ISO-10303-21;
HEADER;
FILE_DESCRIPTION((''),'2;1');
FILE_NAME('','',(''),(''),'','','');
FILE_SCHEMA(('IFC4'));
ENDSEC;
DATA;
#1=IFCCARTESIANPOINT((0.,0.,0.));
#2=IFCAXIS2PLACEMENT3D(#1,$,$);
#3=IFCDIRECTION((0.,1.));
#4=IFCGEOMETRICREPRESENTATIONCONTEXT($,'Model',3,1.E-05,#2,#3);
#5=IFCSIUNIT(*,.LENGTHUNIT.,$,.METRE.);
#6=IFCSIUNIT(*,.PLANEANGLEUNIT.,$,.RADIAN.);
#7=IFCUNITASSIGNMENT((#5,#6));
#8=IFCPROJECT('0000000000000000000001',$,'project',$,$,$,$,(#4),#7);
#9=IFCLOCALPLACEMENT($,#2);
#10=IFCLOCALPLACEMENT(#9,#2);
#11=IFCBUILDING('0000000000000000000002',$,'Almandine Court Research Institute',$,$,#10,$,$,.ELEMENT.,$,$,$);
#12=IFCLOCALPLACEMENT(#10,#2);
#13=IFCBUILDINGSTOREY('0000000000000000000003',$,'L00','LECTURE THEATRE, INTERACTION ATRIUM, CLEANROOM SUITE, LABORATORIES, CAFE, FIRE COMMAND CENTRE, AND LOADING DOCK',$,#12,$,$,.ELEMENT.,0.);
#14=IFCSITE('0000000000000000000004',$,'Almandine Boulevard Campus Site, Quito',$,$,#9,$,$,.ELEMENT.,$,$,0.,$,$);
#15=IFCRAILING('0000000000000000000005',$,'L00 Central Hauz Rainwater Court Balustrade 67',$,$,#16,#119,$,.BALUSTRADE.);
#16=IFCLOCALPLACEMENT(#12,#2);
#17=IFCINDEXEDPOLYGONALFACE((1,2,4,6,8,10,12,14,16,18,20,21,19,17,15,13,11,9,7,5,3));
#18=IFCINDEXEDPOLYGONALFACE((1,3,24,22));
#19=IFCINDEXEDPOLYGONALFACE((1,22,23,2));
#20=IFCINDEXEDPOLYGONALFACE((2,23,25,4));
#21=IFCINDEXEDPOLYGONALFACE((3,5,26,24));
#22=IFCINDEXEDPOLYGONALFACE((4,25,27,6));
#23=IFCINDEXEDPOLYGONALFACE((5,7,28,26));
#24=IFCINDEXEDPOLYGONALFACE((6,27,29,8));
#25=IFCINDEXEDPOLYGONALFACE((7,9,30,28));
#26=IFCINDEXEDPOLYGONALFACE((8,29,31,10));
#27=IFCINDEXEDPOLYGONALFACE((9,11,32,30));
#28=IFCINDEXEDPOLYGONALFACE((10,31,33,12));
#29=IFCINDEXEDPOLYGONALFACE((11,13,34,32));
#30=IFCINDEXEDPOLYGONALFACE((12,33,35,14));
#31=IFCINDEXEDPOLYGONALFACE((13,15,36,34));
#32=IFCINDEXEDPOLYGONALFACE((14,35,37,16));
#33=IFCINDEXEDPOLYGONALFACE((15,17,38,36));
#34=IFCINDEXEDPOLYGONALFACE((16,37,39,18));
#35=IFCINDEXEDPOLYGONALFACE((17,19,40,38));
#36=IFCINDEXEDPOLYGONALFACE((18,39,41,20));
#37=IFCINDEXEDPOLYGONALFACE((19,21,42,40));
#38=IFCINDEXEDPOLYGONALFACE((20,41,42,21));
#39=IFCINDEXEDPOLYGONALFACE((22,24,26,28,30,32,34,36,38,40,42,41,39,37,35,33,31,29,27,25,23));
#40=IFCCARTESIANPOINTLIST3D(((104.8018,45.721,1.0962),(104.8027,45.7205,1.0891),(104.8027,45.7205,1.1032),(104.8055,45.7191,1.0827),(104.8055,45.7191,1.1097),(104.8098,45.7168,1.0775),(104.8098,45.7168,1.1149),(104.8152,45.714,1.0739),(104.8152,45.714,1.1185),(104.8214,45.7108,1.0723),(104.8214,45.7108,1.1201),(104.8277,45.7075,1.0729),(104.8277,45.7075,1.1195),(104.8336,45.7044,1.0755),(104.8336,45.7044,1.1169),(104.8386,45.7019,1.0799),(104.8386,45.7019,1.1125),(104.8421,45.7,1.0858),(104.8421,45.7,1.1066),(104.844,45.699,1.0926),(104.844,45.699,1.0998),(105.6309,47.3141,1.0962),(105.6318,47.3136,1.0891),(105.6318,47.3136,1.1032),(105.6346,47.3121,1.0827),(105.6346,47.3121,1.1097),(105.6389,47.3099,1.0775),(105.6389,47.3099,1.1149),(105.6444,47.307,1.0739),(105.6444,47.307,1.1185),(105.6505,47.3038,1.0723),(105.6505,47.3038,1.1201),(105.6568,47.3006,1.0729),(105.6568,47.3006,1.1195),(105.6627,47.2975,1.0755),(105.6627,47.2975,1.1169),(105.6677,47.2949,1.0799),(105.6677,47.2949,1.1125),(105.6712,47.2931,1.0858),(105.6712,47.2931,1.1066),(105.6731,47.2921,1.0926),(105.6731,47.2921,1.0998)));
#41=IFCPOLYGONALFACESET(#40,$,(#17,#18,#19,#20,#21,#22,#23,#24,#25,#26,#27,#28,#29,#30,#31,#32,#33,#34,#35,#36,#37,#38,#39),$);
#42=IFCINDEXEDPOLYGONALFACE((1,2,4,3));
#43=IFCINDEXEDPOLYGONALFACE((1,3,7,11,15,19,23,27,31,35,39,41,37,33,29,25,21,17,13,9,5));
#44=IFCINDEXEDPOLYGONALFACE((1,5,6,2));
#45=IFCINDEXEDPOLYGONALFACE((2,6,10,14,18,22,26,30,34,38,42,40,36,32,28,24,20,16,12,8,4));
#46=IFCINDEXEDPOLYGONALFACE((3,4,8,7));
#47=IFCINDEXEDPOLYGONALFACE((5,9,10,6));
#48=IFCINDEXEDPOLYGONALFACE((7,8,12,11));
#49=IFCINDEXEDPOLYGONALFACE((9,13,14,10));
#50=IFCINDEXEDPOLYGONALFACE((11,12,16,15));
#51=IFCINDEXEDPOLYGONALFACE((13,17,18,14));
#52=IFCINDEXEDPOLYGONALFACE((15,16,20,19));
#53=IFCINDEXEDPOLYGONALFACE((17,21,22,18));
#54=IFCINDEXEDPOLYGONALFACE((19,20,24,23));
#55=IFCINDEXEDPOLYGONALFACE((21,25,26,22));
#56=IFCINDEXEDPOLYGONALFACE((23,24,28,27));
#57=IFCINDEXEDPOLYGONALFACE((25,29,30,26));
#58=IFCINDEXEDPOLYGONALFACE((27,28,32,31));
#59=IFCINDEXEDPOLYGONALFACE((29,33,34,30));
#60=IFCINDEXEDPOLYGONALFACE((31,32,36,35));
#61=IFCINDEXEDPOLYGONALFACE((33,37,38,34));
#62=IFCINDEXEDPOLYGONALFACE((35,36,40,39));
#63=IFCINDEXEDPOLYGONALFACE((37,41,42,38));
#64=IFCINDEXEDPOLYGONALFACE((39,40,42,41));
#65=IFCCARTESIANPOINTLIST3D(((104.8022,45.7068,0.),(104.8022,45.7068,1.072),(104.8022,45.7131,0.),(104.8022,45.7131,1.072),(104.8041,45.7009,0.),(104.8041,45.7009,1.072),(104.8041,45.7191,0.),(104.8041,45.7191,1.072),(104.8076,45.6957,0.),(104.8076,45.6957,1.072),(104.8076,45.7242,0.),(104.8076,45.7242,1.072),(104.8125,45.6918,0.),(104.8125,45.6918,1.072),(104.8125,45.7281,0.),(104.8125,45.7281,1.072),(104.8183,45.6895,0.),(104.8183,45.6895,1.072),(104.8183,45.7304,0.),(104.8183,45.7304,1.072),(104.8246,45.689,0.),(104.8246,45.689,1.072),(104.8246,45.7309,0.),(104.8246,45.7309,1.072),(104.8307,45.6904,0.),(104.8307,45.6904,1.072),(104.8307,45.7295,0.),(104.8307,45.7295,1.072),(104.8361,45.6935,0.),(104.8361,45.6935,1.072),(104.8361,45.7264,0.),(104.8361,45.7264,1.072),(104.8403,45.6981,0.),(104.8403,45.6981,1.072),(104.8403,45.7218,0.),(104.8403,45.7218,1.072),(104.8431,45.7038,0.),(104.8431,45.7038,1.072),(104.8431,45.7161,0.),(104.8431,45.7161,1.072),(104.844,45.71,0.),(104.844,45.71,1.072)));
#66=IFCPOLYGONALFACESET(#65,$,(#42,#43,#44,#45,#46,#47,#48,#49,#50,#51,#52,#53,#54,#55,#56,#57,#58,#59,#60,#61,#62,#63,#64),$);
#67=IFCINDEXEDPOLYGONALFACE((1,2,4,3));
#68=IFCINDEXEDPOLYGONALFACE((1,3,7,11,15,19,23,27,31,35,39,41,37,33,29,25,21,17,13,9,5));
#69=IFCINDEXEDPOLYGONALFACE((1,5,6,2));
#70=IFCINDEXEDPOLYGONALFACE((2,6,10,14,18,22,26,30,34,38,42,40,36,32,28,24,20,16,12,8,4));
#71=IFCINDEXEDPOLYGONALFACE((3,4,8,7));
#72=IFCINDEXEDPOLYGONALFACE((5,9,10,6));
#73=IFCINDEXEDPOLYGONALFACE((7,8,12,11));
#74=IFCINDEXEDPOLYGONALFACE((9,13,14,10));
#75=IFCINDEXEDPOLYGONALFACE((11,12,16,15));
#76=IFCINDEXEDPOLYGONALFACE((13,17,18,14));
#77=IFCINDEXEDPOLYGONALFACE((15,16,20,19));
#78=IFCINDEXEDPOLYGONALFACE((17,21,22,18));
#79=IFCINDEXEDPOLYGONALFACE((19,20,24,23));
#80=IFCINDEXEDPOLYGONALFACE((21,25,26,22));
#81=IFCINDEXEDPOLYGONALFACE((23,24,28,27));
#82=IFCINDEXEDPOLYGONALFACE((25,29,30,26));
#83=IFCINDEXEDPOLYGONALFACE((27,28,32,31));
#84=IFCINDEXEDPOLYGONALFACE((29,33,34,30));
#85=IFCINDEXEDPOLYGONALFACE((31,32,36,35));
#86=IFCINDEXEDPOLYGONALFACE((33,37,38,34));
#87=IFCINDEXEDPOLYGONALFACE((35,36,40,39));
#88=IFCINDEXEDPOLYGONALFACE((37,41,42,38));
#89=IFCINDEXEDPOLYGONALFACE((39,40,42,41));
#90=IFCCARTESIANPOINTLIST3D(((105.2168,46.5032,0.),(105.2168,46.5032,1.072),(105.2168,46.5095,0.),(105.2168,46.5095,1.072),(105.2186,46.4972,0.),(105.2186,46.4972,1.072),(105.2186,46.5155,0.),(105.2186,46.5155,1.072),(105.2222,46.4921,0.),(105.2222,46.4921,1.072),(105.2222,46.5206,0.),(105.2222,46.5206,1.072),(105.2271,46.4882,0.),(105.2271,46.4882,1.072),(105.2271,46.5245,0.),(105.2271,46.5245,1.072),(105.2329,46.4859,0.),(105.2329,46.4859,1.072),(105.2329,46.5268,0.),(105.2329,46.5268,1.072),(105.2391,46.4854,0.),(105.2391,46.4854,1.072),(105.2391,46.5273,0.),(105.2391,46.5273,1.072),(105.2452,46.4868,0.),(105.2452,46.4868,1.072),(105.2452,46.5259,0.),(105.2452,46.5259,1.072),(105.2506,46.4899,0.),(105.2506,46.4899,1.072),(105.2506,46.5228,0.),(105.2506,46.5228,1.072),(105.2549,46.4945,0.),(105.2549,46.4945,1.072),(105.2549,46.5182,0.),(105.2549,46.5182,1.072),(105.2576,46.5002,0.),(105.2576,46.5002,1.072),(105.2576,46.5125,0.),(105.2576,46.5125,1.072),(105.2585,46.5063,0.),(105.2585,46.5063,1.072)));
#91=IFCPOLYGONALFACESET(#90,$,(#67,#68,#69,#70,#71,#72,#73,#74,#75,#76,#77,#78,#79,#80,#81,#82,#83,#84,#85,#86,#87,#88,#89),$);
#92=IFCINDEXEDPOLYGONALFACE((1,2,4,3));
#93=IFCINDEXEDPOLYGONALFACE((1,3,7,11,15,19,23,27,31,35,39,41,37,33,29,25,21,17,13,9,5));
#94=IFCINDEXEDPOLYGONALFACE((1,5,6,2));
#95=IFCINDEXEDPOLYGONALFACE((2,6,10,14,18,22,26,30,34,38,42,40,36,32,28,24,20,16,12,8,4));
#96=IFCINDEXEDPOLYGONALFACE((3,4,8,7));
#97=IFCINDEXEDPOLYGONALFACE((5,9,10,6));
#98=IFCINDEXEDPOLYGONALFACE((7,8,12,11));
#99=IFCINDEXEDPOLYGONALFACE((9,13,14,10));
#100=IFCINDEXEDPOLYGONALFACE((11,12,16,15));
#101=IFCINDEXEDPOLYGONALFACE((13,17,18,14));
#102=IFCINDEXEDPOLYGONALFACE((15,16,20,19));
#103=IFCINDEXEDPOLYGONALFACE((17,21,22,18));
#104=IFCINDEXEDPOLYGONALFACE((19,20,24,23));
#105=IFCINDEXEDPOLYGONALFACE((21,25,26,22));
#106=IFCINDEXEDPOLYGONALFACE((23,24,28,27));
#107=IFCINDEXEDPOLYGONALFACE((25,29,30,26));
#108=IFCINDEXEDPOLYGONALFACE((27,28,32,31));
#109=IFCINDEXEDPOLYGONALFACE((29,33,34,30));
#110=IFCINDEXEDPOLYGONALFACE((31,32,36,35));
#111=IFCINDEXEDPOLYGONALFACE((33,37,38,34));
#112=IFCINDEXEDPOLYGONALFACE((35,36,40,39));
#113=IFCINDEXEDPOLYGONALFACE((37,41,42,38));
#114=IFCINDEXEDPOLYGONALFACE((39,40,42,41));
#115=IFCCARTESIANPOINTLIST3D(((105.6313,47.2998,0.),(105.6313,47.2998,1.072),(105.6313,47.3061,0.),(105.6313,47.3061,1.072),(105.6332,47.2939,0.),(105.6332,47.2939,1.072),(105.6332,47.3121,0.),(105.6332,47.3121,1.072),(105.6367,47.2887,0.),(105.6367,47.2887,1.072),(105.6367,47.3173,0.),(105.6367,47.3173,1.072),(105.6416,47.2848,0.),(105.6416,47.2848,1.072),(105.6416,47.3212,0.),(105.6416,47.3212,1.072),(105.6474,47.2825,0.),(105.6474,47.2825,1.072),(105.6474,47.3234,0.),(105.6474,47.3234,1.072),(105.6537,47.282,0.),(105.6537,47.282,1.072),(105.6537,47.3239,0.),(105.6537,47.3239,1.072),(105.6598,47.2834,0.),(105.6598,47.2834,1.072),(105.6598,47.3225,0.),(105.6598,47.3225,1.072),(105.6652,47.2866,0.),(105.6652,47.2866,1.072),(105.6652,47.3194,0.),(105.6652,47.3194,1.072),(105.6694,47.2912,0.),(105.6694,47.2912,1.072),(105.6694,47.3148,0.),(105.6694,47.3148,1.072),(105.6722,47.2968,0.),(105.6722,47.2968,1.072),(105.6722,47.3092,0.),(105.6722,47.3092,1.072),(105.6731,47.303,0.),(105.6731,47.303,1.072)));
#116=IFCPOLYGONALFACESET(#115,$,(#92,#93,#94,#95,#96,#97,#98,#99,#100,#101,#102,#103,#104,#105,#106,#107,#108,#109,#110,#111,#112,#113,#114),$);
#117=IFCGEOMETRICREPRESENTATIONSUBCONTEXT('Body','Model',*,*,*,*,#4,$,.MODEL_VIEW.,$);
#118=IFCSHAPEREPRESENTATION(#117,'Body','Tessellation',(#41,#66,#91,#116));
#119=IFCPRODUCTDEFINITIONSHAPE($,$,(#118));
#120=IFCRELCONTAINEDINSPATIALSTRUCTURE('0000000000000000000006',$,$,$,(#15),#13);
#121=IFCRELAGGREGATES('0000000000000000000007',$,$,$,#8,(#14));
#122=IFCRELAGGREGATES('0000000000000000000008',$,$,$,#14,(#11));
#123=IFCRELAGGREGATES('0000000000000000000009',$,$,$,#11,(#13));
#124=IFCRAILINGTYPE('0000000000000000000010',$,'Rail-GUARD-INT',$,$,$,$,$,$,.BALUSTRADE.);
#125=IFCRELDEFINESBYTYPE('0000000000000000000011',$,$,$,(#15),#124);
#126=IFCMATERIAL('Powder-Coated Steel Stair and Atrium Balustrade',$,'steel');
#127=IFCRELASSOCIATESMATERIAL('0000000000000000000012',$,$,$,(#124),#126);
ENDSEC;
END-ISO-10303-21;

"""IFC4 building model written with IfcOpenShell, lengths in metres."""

from ifc_helpers import new_model, si_unit, direction, frame, origin, origin_2d, place, context, subcontext, project, spatial, circle, extrude, material, type_object, element, save


model = new_model("IFC4")

# Units and contexts
model_context = context("Model", 3, precision=1e-05, world=origin(), true_north=direction((0.0, 1.0)))
body_context = subcontext(model_context, "Body", "Model", "MODEL_VIEW")
ifc_project = project(units=[si_unit("LENGTHUNIT", "METRE"), si_unit("PLANEANGLEUNIT", "RADIAN")], contexts=[model_context])

# Site, building, storey
site_placement = place(None, origin())
site = spatial("IfcSite", under=ifc_project, at=site_placement, Name="Almandine Boulevard Campus Site, Quito", CompositionType="ELEMENT", RefElevation=0.0)
building_placement = place(site_placement, origin())
building = spatial("IfcBuilding", under=site, at=building_placement, Name="Almandine Court Research Institute", CompositionType="ELEMENT")
storey_placement = place(building_placement, origin())
storey = spatial("IfcBuildingStorey", under=building, at=storey_placement, Name="L00", Description="LECTURE THEATRE, INTERACTION ATRIUM, CLEANROOM SUITE, LABORATORIES, CAFE, FIRE COMMAND CENTRE, AND LOADING DOCK", CompositionType="ELEMENT", Elevation=0.0)

# Railing
ifc_material_1 = material(Name="Powder-Coated Steel Stair and Atrium Balustrade", Category="steel")
railing_type = type_object("IfcRailingType", Name="Rail-GUARD-INT", PredefinedType="BALUSTRADE", material=ifc_material_1)
railing_1_placement = place(storey_placement, frame((104.823, 45.71, 0.0)))
element("IfcRailing", 1, at=railing_1_placement, inside=storey, type_object=railing_type, Name="L00 Central Hauz Rainwater Court Balustrade 67", PredefinedType="BALUSTRADE", context=body_context, shape_type="SweptSolid", body=[
    extrude(circle(Radius=0.0239, at=origin_2d()), frame((0.0, 0.0, 1.0962), z_axis=(0.461674, 0.88705, 0.0), x_axis=(-0.88705, 0.461674, 0.0)), (0.0, 0.0, 1.0), 1.7959),
    extrude(circle(Radius=0.021, at=origin_2d()), origin(), (0.0, 0.0, 1.0), 1.072),
    extrude(circle(Radius=0.021, at=origin_2d()), frame((0.4146, 0.7964, 0.0)), (0.0, 0.0, 1.0), 1.072),
    extrude(circle(Radius=0.021, at=origin_2d()), frame((0.8291, 1.593, 0.0)), (0.0, 0.0, 1.0), 1.072),
])

save(model, "model.ifc")
